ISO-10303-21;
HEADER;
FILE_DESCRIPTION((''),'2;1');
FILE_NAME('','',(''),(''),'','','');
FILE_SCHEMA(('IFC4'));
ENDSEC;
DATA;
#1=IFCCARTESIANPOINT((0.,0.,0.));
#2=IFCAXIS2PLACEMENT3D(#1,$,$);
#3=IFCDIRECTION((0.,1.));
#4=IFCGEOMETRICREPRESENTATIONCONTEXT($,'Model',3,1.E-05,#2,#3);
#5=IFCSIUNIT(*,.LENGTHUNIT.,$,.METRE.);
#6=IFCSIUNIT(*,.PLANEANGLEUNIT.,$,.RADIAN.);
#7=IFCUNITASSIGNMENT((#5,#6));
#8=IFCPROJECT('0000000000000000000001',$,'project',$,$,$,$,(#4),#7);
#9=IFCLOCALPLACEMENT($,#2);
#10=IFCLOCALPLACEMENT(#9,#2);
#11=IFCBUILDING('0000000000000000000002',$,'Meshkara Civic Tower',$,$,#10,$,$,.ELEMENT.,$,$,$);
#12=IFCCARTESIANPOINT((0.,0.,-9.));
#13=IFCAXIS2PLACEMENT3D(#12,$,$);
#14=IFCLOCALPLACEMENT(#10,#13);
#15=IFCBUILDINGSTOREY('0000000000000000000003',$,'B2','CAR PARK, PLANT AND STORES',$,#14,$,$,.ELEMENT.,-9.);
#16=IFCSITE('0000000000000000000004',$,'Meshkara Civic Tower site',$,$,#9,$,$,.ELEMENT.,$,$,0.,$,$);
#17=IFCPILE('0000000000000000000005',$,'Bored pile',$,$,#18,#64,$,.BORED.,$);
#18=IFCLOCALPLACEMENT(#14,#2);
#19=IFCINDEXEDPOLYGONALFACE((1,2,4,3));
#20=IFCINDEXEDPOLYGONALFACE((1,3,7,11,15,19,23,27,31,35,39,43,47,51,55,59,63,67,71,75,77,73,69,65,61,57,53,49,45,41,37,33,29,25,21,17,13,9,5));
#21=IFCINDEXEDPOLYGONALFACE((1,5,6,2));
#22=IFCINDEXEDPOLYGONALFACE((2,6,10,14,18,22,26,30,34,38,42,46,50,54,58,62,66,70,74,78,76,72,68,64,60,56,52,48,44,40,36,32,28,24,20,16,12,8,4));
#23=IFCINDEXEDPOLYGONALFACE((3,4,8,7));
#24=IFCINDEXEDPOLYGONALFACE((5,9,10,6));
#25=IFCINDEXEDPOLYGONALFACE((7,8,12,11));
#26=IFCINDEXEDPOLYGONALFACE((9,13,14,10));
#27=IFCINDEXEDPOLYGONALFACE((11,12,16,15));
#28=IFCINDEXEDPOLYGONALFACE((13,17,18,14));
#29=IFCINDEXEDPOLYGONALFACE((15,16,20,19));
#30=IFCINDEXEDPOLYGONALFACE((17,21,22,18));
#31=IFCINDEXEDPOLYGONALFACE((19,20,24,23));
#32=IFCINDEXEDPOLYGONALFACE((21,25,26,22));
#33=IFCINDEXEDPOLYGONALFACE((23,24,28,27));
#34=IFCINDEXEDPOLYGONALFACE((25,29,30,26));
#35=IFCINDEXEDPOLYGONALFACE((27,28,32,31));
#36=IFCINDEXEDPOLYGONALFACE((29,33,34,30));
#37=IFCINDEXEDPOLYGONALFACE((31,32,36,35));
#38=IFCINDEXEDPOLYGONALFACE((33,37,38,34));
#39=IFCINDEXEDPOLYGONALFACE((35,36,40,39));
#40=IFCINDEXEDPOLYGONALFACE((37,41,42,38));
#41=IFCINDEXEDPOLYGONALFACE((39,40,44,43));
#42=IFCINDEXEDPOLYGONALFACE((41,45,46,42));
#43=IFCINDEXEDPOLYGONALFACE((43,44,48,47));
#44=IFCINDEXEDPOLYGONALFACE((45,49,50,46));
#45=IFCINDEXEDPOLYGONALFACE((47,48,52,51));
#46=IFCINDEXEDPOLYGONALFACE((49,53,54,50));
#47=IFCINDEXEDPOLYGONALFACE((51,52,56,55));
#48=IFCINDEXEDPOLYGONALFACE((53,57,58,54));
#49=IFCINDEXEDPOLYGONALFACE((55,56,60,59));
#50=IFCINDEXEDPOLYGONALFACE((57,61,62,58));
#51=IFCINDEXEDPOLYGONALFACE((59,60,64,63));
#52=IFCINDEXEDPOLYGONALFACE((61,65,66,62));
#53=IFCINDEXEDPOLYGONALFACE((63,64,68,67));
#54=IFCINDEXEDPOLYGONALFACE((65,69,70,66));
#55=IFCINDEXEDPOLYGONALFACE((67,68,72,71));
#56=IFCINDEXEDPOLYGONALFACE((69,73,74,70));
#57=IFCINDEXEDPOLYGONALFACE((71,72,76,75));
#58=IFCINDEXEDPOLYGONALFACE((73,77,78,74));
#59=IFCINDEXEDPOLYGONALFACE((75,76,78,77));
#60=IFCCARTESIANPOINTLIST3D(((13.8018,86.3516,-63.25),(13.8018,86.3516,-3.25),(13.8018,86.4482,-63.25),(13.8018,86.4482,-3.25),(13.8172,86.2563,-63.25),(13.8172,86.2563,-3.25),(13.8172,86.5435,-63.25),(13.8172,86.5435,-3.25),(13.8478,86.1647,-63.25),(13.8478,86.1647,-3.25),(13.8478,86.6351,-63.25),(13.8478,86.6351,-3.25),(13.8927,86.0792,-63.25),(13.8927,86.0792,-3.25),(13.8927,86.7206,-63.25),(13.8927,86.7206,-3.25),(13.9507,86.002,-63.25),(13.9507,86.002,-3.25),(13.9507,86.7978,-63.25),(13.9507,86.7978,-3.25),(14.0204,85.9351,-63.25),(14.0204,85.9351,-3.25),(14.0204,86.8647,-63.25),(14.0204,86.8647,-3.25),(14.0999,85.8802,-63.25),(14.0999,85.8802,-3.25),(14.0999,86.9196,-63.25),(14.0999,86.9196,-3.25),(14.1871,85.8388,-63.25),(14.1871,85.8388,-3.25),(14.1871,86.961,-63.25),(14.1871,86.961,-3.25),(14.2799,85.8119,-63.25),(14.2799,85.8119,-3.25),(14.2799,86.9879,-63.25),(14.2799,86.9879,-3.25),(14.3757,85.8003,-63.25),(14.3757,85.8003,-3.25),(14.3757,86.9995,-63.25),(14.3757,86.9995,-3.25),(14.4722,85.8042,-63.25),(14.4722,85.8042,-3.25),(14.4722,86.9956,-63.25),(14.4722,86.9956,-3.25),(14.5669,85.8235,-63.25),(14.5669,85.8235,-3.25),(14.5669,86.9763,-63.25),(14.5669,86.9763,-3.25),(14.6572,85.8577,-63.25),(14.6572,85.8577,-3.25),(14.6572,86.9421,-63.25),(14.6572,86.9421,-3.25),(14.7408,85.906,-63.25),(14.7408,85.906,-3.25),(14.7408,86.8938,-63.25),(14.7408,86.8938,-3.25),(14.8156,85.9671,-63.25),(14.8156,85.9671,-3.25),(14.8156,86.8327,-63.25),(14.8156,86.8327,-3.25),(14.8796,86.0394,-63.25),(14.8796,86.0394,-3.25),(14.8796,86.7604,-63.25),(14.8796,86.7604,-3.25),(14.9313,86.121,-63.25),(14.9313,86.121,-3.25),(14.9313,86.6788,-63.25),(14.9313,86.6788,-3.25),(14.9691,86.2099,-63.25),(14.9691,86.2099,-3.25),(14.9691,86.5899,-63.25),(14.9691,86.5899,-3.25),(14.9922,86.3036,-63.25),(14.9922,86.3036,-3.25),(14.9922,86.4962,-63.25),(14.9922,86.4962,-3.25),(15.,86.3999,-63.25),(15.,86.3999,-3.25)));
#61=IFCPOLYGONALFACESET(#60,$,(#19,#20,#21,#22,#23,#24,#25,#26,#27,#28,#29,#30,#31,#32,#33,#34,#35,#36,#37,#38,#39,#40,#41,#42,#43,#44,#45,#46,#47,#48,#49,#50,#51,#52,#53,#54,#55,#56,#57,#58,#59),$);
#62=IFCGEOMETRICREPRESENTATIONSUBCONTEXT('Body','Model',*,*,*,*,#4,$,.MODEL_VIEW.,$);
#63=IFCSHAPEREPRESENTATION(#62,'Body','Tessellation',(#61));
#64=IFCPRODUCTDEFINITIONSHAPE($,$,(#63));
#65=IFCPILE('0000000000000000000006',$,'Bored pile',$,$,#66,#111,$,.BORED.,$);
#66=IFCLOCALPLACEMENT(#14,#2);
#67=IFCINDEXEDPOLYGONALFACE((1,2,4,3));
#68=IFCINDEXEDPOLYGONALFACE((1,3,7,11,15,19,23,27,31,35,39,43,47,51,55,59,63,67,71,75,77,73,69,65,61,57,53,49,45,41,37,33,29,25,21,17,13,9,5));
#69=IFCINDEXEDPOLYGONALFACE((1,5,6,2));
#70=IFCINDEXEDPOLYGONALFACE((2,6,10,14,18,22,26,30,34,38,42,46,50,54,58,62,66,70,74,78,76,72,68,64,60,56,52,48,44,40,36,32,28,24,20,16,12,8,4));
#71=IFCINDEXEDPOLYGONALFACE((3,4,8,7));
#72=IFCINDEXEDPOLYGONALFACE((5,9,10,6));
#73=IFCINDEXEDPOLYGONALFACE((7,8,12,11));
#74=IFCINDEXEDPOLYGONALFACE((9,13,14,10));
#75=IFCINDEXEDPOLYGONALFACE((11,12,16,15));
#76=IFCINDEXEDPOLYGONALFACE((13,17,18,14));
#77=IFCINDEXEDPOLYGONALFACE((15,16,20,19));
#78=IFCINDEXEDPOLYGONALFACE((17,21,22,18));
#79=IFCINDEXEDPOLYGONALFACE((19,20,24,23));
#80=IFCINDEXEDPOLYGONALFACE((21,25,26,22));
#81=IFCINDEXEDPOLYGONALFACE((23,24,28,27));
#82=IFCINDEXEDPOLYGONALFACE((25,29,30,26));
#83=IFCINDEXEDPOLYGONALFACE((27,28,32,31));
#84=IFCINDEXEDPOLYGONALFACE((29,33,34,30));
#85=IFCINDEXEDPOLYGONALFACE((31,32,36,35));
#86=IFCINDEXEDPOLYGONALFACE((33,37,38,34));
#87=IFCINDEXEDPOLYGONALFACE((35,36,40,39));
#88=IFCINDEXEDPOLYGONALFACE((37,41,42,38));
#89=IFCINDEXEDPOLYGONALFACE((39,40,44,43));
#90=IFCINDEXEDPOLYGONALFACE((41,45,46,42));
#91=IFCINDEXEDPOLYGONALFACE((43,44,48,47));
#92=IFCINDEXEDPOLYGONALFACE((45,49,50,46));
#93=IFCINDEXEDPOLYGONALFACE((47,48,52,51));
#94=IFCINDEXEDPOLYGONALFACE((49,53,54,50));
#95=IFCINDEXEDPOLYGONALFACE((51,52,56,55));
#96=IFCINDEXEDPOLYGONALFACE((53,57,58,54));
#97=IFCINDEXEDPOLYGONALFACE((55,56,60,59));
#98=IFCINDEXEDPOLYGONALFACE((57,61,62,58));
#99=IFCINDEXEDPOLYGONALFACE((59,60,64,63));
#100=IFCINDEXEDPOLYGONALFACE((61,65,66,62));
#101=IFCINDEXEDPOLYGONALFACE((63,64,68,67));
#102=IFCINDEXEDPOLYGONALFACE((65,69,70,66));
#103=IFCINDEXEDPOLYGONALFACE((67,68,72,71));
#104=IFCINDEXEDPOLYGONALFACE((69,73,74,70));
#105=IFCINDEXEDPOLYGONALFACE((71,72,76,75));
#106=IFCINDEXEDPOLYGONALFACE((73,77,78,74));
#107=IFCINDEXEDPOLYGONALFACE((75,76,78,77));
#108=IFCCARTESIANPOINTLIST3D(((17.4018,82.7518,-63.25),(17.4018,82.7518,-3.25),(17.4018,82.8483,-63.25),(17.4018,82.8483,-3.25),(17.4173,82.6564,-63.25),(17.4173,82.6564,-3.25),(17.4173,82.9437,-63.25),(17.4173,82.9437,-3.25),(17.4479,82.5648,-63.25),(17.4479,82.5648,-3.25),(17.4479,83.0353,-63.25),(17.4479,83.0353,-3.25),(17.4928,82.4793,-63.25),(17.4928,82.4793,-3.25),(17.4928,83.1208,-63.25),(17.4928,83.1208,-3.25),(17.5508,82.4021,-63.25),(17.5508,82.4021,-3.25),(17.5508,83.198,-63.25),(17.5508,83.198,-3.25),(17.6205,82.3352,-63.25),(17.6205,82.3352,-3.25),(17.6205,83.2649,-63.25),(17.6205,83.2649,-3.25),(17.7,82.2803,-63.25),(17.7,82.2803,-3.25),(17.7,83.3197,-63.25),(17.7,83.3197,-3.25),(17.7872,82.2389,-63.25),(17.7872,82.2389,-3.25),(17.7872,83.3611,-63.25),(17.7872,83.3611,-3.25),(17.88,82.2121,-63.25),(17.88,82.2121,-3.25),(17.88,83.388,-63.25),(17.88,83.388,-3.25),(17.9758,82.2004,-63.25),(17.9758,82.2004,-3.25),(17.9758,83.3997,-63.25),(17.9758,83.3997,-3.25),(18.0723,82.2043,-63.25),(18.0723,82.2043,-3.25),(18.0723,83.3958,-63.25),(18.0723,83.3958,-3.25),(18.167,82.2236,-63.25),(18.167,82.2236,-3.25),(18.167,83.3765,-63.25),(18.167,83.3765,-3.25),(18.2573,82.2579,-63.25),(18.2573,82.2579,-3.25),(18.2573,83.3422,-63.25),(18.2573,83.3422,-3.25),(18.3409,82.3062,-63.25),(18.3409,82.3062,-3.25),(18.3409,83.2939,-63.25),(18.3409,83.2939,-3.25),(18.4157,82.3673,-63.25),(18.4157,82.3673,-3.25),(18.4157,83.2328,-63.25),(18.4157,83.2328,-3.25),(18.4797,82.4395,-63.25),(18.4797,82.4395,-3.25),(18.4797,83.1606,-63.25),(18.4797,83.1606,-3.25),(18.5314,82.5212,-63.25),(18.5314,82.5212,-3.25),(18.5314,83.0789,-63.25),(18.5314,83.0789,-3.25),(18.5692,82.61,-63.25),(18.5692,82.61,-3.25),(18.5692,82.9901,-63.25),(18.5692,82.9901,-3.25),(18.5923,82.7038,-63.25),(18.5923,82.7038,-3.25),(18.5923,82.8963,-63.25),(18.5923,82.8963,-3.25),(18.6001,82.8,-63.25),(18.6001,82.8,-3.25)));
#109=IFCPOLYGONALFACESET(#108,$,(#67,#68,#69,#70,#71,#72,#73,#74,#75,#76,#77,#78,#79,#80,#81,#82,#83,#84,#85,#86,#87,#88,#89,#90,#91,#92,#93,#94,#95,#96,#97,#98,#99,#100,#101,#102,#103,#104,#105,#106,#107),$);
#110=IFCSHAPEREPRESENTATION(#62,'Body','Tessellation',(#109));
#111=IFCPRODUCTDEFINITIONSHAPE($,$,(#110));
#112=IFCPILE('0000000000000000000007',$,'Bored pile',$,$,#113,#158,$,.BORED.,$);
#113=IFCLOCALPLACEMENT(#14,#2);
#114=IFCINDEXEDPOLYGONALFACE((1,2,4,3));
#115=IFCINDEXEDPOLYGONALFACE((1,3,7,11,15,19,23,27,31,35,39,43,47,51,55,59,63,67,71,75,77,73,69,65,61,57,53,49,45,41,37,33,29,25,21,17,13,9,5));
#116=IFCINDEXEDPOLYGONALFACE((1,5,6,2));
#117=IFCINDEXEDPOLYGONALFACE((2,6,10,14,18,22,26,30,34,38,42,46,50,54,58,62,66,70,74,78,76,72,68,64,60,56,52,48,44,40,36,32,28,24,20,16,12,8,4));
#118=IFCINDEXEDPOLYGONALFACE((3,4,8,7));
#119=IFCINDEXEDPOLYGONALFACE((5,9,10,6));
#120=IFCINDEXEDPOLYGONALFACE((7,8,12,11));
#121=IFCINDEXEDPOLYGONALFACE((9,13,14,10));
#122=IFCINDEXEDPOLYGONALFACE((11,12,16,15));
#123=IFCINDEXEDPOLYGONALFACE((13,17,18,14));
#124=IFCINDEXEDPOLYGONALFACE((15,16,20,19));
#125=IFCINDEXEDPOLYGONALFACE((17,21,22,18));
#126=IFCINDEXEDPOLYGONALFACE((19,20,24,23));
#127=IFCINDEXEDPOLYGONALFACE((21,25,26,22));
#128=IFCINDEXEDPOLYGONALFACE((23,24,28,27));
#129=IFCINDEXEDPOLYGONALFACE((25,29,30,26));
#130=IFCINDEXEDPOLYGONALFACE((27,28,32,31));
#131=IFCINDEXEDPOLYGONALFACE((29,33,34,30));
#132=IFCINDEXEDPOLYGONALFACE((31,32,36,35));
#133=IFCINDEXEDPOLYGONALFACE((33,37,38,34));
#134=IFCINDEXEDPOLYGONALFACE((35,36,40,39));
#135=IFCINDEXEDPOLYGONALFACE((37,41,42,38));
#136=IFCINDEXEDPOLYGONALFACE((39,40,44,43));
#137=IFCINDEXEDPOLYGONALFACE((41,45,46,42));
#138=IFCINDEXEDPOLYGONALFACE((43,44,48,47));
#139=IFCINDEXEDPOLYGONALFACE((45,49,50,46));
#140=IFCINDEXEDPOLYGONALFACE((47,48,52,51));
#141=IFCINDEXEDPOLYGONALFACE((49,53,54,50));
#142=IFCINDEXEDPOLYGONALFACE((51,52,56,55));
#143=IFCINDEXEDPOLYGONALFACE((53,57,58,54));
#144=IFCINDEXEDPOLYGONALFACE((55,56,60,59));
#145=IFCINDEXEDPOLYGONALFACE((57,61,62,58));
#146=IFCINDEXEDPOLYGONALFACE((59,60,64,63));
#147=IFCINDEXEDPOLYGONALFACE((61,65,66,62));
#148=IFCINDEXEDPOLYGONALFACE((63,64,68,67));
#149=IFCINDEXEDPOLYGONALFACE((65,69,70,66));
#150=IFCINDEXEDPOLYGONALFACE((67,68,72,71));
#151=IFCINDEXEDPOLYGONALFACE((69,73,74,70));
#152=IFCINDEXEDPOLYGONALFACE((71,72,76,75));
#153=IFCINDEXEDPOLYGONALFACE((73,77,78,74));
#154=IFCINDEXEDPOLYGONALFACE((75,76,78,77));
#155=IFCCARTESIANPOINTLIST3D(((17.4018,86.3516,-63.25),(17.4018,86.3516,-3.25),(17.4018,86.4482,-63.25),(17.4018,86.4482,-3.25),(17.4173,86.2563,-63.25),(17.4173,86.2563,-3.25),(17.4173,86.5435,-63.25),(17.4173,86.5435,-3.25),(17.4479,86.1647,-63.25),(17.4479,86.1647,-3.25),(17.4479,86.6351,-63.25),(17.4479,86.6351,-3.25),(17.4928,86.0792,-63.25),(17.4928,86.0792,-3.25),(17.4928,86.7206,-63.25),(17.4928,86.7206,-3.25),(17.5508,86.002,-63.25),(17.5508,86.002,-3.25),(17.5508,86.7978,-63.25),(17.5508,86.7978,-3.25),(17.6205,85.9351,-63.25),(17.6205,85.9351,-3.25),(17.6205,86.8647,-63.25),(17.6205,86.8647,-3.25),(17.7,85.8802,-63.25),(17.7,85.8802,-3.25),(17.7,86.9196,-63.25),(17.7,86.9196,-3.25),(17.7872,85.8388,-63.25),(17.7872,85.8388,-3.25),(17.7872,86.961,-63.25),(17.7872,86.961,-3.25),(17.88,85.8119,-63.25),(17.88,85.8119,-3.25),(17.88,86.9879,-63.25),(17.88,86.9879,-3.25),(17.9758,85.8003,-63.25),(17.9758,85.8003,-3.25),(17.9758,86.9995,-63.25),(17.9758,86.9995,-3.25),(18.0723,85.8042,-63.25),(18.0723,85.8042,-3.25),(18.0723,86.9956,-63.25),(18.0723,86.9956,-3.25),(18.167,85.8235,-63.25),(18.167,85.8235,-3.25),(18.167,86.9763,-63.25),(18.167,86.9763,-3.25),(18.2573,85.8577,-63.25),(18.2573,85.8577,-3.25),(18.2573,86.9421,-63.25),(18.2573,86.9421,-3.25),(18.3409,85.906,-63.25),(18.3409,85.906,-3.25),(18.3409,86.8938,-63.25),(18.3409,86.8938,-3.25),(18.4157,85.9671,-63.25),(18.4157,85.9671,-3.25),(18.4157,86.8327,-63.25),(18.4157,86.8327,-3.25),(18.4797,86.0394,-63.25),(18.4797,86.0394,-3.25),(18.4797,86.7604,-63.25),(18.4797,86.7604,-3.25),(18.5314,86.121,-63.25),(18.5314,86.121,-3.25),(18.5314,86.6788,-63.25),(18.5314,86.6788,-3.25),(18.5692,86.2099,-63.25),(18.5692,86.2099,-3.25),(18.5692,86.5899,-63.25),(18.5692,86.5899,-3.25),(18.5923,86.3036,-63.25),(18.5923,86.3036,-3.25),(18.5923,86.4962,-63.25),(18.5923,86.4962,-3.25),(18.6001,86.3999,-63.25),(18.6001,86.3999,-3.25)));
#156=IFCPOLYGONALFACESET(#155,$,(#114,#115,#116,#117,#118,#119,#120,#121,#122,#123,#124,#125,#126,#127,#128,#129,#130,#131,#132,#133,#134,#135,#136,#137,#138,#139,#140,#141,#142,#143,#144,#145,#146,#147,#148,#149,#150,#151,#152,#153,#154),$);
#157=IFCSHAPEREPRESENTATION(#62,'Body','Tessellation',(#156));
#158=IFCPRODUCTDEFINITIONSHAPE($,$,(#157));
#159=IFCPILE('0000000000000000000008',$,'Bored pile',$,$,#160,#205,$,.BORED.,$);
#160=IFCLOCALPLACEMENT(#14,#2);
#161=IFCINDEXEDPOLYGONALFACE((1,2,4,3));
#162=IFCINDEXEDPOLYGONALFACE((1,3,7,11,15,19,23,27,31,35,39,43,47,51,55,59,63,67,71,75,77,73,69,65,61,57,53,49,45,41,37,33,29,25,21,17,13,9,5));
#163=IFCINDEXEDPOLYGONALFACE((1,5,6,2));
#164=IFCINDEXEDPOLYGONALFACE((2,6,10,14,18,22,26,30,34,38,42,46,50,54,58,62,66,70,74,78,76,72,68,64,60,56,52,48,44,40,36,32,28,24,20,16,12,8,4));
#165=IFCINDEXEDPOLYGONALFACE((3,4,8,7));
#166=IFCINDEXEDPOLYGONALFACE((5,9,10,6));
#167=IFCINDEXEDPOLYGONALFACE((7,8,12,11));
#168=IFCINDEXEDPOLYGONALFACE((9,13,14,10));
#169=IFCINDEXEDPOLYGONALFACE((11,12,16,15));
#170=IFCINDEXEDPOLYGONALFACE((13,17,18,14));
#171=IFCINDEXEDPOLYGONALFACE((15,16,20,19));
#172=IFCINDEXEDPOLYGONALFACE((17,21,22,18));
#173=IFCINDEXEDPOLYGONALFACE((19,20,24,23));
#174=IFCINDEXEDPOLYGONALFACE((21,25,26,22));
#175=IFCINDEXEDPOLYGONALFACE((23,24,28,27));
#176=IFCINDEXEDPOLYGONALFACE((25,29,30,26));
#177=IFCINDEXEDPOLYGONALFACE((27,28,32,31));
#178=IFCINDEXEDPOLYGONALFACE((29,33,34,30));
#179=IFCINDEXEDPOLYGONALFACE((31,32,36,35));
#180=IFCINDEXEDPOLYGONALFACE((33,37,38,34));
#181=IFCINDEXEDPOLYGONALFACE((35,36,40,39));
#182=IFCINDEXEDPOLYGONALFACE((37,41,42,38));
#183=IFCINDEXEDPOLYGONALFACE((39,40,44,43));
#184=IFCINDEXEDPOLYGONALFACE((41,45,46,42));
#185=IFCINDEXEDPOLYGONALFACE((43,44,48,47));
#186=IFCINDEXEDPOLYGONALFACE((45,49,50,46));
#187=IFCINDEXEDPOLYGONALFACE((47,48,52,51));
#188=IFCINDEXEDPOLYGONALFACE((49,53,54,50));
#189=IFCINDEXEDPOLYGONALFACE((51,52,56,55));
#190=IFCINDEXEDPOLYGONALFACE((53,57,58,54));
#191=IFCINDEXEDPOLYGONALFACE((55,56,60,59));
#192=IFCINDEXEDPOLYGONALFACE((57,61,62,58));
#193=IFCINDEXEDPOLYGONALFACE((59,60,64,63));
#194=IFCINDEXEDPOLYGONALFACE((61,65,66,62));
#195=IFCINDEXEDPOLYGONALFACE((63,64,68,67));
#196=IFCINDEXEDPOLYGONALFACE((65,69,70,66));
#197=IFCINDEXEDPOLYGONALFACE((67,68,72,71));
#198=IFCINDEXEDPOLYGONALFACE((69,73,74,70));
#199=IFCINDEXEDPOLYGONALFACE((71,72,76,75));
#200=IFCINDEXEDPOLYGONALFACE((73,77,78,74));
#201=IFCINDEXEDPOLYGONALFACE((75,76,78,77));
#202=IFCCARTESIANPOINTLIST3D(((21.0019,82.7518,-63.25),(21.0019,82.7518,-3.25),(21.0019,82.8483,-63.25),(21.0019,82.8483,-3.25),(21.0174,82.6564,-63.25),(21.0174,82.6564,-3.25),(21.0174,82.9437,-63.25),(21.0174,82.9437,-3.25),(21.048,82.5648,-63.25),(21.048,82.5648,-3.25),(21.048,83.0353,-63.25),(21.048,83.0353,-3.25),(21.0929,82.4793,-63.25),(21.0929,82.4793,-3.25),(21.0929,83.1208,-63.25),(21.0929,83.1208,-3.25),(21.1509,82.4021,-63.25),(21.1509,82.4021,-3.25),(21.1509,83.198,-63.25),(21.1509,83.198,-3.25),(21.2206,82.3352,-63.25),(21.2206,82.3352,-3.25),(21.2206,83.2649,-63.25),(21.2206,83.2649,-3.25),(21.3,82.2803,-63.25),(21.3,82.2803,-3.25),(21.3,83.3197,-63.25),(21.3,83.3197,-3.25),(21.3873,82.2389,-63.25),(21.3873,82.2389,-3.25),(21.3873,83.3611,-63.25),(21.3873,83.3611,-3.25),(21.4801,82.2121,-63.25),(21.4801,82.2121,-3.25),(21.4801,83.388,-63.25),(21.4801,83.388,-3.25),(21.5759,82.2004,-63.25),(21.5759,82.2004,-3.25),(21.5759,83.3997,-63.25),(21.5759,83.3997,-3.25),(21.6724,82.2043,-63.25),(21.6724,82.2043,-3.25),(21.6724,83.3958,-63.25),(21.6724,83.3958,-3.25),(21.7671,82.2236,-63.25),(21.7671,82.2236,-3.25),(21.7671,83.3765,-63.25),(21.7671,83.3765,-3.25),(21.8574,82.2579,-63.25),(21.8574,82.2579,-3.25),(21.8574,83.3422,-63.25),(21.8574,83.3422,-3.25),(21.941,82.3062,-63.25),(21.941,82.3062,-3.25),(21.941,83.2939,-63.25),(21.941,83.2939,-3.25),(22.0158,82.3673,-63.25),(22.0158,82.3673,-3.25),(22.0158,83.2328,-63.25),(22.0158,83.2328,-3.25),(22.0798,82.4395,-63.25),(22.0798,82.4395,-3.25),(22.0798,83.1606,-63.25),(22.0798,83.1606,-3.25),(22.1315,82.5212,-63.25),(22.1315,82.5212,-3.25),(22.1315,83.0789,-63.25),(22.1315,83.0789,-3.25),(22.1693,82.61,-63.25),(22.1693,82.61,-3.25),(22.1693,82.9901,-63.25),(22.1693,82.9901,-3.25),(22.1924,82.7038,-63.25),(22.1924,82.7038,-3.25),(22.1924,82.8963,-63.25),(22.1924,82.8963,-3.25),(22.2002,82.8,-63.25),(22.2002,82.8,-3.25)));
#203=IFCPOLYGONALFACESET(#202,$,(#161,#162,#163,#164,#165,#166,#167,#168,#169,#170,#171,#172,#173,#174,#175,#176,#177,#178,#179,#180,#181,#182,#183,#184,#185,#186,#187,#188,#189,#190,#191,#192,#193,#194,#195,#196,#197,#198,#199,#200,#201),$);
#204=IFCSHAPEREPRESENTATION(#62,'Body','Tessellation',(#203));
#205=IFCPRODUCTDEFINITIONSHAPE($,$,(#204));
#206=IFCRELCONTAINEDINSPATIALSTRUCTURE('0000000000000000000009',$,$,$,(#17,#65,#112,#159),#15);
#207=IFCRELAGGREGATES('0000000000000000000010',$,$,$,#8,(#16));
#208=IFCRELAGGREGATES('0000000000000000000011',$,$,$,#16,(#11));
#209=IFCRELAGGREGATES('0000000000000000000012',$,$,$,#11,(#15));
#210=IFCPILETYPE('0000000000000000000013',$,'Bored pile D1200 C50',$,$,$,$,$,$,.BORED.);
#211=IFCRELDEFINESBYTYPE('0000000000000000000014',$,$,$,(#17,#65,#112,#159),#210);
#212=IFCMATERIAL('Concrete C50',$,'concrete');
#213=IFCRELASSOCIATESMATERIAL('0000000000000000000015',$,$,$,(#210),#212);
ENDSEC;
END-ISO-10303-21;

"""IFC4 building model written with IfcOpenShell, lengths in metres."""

from ifc_helpers import new_model, si_unit, direction, frame, origin, origin_2d, place, context, subcontext, project, spatial, circle, extrude, material, material_profile, profile_set, type_object, element, save


model = new_model("IFC4")

# Units and contexts
model_context = context("Model", 3, precision=1e-05, world=origin(), true_north=direction((0.0, 1.0)))
body_context = subcontext(model_context, "Body", "Model", "MODEL_VIEW")
ifc_project = project(units=[si_unit("LENGTHUNIT", "METRE"), si_unit("PLANEANGLEUNIT", "RADIAN")], contexts=[model_context])

# Site, building, storey
site_placement = place(None, origin())
site = spatial("IfcSite", under=ifc_project, at=site_placement, Name="Meshkara Civic Tower site", CompositionType="ELEMENT", RefElevation=0.0)
building_placement = place(site_placement, origin())
building = spatial("IfcBuilding", under=site, at=building_placement, Name="Meshkara Civic Tower", CompositionType="ELEMENT")
storey_placement = place(building_placement, frame((0.0, 0.0, -9.0)))
storey = spatial("IfcBuildingStorey", under=building, at=storey_placement, Name="B2", Description="CAR PARK, PLANT AND STORES", CompositionType="ELEMENT", Elevation=-9.0)

# Piles
ifc_material_1 = material(Name="Concrete C50", Category="concrete")
ifc_material_profile_1 = material_profile(ifc_material_1, circle(Radius=0.6001, at=origin_2d()))
ifc_profile_set_1 = profile_set([ifc_material_profile_1], Name="Concrete C50")
pile_type = type_object("IfcPileType", Name="Bored pile D1200 C50", PredefinedType="BORED", material=ifc_profile_set_1)
for number, where, z_axis, x_axis, name in (
    (1, (14.3999, 86.3999, -3.25), (0.0, 0.0, -1.0), (1.0, 0.0, 0.0), "Bored pile"),
    (2, (18.0, 82.8, -3.25), (0.0, 0.0, -1.0), (1.0, 0.0, 0.0), "Bored pile"),
    (3, (18.0, 86.3999, -3.25), (0.0, 0.0, -1.0), (1.0, 0.0, 0.0), "Bored pile"),
    (4, (21.6001, 82.8, -3.25), (0.0, 0.0, -1.0), (1.0, 0.0, 0.0), "Bored pile"),
):
    element("IfcPile", number, at=place(storey_placement, frame(where, z_axis=z_axis, x_axis=x_axis)), inside=storey, type_object=pile_type, Name=name, PredefinedType="BORED", context=body_context, shape_type="SweptSolid", body=[
        extrude(circle(Radius=0.6001, at=origin_2d()), origin(), (0.0, 0.0, 1.0), 60.0),
    ])

save(model, "model.ifc")
